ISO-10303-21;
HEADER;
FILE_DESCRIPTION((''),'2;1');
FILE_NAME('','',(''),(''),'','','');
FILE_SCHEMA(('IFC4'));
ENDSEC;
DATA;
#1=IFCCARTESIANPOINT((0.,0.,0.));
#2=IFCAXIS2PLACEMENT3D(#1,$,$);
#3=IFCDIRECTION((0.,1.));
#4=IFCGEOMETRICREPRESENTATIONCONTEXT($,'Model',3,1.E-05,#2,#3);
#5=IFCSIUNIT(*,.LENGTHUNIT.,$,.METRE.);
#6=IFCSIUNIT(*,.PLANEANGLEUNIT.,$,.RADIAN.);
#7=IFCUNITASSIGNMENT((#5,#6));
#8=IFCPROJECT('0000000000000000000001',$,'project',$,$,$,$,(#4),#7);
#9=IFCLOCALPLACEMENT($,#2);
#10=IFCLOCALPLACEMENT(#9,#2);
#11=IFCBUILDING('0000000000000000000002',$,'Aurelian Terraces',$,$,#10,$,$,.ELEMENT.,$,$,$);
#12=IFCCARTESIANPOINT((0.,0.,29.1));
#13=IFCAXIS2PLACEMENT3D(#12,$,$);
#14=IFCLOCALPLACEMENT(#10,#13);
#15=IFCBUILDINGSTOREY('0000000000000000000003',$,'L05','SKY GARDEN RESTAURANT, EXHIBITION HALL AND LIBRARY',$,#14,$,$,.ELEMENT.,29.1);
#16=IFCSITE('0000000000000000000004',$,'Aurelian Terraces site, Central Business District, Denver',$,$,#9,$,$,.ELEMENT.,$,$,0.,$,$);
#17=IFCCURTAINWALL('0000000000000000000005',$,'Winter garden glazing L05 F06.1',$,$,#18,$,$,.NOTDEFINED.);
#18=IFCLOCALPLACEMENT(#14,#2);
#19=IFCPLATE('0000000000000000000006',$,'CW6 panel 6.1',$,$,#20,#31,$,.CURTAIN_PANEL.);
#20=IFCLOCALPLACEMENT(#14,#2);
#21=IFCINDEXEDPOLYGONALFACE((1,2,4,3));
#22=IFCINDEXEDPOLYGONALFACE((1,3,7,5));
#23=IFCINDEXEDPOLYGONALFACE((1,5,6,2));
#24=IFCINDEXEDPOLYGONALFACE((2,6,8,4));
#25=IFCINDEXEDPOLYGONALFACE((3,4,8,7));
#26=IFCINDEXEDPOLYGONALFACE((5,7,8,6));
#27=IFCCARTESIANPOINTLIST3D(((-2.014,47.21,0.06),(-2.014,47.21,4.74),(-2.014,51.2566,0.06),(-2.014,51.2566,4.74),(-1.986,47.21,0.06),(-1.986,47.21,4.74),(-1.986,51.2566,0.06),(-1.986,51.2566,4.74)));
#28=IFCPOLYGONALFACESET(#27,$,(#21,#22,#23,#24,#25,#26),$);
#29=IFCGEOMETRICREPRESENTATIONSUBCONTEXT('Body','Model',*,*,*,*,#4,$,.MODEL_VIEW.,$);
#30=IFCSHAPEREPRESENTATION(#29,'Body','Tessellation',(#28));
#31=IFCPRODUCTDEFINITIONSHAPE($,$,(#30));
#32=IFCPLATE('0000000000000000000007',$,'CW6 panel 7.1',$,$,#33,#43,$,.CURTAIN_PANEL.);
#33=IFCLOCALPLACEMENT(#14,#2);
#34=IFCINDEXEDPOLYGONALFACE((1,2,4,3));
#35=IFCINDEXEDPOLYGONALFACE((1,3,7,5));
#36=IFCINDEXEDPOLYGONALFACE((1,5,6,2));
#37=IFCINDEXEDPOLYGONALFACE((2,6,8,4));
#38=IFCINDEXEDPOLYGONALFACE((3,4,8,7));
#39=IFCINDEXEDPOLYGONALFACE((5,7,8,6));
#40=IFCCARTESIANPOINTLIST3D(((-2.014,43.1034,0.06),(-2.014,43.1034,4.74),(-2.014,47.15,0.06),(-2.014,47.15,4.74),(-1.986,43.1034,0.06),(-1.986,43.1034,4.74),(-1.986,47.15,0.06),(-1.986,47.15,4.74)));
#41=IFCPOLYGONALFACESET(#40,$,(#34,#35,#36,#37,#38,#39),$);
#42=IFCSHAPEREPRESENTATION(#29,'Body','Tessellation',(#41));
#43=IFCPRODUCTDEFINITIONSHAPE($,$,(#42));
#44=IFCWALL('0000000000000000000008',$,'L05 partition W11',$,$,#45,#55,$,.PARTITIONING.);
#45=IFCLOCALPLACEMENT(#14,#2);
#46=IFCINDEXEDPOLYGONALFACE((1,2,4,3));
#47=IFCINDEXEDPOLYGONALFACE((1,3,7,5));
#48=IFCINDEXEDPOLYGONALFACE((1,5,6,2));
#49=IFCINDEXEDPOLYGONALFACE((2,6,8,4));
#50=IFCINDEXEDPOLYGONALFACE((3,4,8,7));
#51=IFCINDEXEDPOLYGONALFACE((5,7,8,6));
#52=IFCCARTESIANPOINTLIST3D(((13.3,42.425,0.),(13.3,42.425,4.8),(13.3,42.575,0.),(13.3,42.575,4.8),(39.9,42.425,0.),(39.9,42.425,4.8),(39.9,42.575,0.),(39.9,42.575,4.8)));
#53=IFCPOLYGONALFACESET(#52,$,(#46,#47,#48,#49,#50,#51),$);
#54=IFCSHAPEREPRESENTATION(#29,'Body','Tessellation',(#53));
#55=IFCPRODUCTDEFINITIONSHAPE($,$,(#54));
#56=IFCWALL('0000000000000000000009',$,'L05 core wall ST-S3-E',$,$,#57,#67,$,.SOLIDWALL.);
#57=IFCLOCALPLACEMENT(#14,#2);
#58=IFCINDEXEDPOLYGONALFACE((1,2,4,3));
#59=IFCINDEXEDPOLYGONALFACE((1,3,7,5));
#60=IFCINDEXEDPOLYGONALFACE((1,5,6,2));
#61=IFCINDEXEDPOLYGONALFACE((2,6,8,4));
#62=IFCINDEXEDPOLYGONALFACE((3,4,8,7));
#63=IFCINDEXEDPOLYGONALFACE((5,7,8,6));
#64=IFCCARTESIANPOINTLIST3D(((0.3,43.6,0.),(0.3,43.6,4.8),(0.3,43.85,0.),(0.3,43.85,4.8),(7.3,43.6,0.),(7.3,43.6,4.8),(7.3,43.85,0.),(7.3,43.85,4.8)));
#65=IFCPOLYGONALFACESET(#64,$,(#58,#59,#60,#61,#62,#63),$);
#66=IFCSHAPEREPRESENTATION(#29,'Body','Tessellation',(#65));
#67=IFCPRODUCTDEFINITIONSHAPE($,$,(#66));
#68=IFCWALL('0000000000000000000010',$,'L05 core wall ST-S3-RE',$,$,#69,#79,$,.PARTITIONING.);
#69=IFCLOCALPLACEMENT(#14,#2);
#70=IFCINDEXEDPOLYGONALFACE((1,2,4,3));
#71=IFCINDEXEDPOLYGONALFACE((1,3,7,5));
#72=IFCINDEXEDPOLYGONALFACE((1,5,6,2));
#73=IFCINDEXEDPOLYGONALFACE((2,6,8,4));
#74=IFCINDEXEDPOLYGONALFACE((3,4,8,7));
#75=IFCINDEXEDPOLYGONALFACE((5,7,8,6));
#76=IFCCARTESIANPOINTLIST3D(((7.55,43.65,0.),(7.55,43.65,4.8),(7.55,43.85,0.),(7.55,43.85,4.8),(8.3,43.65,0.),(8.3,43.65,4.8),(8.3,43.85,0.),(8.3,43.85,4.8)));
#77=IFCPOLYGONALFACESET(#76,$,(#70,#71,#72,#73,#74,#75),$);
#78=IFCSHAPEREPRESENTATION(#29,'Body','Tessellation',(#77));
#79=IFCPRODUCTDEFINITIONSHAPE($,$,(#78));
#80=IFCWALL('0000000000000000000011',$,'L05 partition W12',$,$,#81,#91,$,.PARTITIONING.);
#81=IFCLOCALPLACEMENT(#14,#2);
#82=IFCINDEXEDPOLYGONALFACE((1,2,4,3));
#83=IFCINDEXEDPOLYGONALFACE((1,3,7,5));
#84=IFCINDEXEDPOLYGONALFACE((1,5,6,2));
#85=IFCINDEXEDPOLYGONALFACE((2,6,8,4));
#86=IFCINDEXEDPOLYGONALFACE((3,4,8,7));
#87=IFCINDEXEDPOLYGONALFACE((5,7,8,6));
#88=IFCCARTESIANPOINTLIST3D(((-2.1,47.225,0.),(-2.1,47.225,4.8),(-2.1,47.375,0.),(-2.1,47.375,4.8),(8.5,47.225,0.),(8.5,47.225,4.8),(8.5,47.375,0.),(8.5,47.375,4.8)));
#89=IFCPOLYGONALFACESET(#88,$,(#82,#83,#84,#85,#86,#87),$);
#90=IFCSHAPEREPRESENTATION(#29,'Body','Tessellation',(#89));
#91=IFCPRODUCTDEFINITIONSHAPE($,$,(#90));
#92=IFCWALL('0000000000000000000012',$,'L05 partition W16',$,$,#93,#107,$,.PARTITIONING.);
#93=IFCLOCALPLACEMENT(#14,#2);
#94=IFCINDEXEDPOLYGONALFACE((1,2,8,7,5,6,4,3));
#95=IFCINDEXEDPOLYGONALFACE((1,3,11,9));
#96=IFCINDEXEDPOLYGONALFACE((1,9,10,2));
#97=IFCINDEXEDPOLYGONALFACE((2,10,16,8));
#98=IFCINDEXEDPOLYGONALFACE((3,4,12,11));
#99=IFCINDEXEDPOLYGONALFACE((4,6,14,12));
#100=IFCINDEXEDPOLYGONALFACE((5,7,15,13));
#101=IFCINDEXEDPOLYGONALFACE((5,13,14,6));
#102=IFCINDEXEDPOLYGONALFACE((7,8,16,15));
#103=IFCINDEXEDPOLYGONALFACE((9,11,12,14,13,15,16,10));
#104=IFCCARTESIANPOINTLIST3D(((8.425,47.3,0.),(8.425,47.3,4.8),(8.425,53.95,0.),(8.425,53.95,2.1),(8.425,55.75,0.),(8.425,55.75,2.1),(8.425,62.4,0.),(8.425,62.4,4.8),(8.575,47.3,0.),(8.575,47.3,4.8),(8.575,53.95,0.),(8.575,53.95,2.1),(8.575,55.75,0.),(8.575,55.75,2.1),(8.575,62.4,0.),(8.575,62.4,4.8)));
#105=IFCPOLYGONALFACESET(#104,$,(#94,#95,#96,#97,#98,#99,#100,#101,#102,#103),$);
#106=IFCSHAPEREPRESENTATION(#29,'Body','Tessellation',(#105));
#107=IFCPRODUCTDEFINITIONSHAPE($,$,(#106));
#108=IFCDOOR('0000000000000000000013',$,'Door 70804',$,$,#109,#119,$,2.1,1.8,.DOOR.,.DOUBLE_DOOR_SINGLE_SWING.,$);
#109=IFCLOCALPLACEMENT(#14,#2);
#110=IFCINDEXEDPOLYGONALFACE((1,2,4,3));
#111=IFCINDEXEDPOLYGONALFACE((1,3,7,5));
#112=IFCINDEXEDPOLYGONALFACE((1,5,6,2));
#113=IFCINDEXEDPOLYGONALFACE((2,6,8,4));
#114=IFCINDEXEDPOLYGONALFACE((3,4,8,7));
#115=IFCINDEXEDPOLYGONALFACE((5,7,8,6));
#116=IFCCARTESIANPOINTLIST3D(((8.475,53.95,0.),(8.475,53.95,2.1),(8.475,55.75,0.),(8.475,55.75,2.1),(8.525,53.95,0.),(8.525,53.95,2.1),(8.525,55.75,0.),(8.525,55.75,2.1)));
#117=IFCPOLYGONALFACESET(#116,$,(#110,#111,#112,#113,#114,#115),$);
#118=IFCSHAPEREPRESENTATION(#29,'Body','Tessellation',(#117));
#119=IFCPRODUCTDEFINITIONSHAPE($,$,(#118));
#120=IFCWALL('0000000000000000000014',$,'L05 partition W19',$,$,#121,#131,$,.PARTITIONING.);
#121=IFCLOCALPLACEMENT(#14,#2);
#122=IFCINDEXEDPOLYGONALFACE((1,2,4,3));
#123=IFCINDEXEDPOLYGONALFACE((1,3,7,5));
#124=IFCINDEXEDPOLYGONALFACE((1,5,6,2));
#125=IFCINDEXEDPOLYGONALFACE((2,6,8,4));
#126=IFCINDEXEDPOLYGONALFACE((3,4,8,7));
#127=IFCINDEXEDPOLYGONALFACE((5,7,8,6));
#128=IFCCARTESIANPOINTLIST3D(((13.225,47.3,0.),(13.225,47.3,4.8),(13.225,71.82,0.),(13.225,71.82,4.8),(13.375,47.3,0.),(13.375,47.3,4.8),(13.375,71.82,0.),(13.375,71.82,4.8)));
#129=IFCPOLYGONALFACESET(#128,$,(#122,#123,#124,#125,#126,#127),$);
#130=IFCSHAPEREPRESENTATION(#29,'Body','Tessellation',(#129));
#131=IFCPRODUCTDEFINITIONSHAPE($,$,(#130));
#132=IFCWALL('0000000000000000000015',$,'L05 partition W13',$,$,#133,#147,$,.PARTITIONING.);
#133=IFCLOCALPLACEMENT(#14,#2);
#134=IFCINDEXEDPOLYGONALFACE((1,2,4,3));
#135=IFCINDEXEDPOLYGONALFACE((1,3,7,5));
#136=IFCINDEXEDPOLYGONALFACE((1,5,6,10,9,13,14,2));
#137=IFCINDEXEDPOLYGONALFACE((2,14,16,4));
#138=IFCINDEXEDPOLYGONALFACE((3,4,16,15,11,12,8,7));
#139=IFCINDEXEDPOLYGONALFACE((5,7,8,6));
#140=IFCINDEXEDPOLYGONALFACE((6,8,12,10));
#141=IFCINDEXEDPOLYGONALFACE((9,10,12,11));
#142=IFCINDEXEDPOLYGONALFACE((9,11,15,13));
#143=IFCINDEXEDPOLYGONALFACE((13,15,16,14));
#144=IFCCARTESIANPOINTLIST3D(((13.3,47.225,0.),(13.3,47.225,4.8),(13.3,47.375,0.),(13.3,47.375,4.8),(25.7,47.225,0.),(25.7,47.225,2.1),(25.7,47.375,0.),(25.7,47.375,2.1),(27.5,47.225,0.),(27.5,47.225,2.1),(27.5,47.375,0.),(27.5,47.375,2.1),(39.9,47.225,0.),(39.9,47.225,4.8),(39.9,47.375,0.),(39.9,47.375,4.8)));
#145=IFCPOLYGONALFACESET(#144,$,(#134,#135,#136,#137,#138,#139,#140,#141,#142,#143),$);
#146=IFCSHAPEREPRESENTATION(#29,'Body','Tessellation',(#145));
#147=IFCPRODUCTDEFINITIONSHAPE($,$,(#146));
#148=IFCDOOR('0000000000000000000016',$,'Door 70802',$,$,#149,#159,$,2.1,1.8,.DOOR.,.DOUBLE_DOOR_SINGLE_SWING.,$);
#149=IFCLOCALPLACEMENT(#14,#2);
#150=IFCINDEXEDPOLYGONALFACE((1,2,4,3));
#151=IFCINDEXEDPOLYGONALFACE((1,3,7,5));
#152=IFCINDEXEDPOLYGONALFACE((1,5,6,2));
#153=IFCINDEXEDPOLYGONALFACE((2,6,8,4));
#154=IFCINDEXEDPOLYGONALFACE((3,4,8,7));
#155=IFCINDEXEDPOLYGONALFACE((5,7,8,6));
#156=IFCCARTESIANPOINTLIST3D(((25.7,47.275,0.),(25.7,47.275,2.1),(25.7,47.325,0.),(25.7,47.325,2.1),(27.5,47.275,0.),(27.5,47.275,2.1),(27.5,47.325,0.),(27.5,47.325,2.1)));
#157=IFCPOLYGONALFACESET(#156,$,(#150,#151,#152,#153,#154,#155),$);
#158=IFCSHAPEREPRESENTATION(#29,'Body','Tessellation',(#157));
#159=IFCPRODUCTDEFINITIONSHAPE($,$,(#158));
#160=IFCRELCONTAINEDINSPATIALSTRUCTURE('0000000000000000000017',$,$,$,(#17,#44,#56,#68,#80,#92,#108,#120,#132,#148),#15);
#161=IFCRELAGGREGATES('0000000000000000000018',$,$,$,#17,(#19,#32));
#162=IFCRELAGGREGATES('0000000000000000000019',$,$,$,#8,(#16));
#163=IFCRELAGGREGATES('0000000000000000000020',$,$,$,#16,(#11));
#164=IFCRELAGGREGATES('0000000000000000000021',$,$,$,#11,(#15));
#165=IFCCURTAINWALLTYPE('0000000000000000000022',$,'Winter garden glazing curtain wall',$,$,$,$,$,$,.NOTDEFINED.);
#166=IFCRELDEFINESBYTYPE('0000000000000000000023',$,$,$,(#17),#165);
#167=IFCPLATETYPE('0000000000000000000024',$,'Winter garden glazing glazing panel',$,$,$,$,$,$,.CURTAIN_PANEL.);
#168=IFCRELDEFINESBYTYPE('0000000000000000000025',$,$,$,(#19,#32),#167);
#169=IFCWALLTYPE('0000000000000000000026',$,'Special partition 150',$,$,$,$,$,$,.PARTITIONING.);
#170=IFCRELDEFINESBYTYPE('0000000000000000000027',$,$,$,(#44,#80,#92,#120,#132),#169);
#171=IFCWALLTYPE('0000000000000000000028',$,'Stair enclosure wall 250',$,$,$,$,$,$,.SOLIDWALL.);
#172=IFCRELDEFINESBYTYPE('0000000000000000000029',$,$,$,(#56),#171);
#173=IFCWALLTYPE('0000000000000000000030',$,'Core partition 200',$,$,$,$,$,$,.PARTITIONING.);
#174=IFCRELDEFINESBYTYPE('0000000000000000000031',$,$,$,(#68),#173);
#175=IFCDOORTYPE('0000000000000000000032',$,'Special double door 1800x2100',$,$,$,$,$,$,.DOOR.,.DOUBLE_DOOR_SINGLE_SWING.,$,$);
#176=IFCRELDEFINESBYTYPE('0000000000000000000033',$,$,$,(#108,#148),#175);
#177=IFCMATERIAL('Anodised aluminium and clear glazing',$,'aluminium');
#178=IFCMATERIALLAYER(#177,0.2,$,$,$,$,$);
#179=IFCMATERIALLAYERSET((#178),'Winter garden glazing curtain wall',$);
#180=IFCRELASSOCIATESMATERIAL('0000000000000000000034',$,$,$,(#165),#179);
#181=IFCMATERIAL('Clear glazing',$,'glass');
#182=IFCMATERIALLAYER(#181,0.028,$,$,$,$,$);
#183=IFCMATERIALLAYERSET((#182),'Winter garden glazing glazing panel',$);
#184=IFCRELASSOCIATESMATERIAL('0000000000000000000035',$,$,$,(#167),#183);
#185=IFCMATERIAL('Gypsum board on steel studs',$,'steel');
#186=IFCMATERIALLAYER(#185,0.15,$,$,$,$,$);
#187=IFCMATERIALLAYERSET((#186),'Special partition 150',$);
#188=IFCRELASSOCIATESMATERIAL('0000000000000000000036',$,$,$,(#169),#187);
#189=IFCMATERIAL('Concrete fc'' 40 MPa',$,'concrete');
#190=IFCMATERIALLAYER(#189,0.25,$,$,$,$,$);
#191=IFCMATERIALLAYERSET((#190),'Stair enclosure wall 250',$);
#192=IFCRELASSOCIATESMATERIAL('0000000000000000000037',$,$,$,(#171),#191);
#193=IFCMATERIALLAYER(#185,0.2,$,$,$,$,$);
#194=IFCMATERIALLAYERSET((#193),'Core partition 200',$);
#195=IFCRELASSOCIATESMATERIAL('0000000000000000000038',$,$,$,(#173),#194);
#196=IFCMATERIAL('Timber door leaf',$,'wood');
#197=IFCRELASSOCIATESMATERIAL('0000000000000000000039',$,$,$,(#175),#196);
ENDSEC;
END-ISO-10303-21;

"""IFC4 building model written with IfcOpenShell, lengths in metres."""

from ifc_helpers import new_model, si_unit, direction, frame, frame_2d, origin, origin_2d, place, context, subcontext, project, spatial, rectangle, extrude, source, transform, mapped, material, layer, layer_set, type_object, element, fill, aggregate, save


model = new_model("IFC4")

# Units and contexts
model_context = context("Model", 3, precision=1e-05, world=origin(), true_north=direction((0.0, 1.0)))
body_context = subcontext(model_context, "Body", "Model", "MODEL_VIEW")
ifc_project = project(units=[si_unit("LENGTHUNIT", "METRE"), si_unit("PLANEANGLEUNIT", "RADIAN")], contexts=[model_context])

# Site, building, storey
site_placement = place(None, origin())
site = spatial("IfcSite", under=ifc_project, at=site_placement, Name="Aurelian Terraces site, Central Business District, Denver", CompositionType="ELEMENT", RefElevation=0.0)
building_placement = place(site_placement, origin())
building = spatial("IfcBuilding", under=site, at=building_placement, Name="Aurelian Terraces", CompositionType="ELEMENT")
storey_placement = place(building_placement, frame((0.0, 0.0, 29.1)))
storey = spatial("IfcBuildingStorey", under=building, at=storey_placement, Name="L05", Description="SKY GARDEN RESTAURANT, EXHIBITION HALL AND LIBRARY", CompositionType="ELEMENT", Elevation=29.1)

# Curtain wall, plates
ifc_material_1 = material(Name="Anodised aluminium and clear glazing", Category="aluminium")
ifc_layer_1 = layer(ifc_material_1, 0.2)
ifc_layer_set_1 = layer_set([ifc_layer_1], Name="Winter garden glazing curtain wall")
curtain_wall_type = type_object("IfcCurtainWallType", Name="Winter garden glazing curtain wall", PredefinedType="NOTDEFINED", material=ifc_layer_set_1)
curtain_wall_placement = place(storey_placement, origin())
curtain_wall = element("IfcCurtainWall", 1, at=curtain_wall_placement, inside=storey, type_object=curtain_wall_type, Name="Winter garden glazing L05 F06.1", PredefinedType="NOTDEFINED")
ifc_material_2 = material(Name="Clear glazing", Category="glass")
ifc_layer_2 = layer(ifc_material_2, 0.028)
ifc_layer_set_2 = layer_set([ifc_layer_2], Name="Winter garden glazing glazing panel")
plate_type = type_object("IfcPlateType", Name="Winter garden glazing glazing panel", PredefinedType="CURTAIN_PANEL", material=ifc_layer_set_2)
shared_shape_1 = source(origin(), body_context, "Body", "SweptSolid", [
    extrude(rectangle(XDim=4.0467, YDim=0.028, at=origin_2d()), origin(), (0.0, 0.0, 1.0), 4.68),
])
plate_1_placement = place(storey_placement, frame((-2.0, 49.2333, 0.06), z_axis=(0.0, 0.0, 1.0), x_axis=(0.0, -1.0, 0.0)))
plate_1 = element("IfcPlate", 2, at=plate_1_placement, type_object=plate_type, Name="CW6 panel 6.1", PredefinedType="CURTAIN_PANEL", context=body_context, shape_type="MappedRepresentation", body=[
    mapped(shared_shape_1, transform((0.0, 0.0, 0.0), scale=1.0)),
])
plate_2_placement = place(storey_placement, frame((-2.0, 45.1267, 0.06), z_axis=(0.0, 0.0, 1.0), x_axis=(0.0, -1.0, 0.0)))
plate_2 = element("IfcPlate", 3, at=plate_2_placement, type_object=plate_type, Name="CW6 panel 7.1", PredefinedType="CURTAIN_PANEL", context=body_context, shape_type="MappedRepresentation", body=[
    mapped(shared_shape_1, transform((0.0, 0.0, 0.0), scale=1.0)),
])
aggregate(curtain_wall, [plate_1, plate_2])

# Walls
ifc_material_3 = material(Name="Gypsum board on steel studs", Category="steel")
ifc_layer_3 = layer(ifc_material_3, 0.15)
ifc_layer_set_3 = layer_set([ifc_layer_3], Name="Special partition 150")
wall_type_1 = type_object("IfcWallType", Name="Special partition 150", PredefinedType="PARTITIONING", material=ifc_layer_set_3)
wall_1_placement = place(storey_placement, frame((13.3, 42.5, 0.0), z_axis=(0.0, 0.0, 1.0), x_axis=(1.0, 0.0, 0.0)))
element("IfcWall", 4, at=wall_1_placement, inside=storey, type_object=wall_type_1, Name="L05 partition W11", PredefinedType="PARTITIONING", context=body_context, shape_type="SweptSolid", body=[
    extrude(rectangle(XDim=26.6, YDim=0.15, at=frame_2d((13.3, 0.0))), origin(), (0.0, 0.0, 1.0), 4.8),
])
ifc_material_4 = material(Name="Concrete fc' 40 MPa", Category="concrete")
ifc_layer_4 = layer(ifc_material_4, 0.25)
ifc_layer_set_4 = layer_set([ifc_layer_4], Name="Stair enclosure wall 250")
wall_type_2 = type_object("IfcWallType", Name="Stair enclosure wall 250", PredefinedType="SOLIDWALL", material=ifc_layer_set_4)
shared_shape_2 = source(origin(), body_context, "Body", "SweptSolid", [
    extrude(rectangle(XDim=7.0, YDim=0.25, at=frame_2d((3.5, 0.0))), origin(), (0.0, 0.0, 1.0), 4.8),
])
wall_2_placement = place(storey_placement, frame((0.3, 43.725, 0.0), z_axis=(0.0, 0.0, 1.0), x_axis=(1.0, 0.0, 0.0)))
element("IfcWall", 5, at=wall_2_placement, inside=storey, type_object=wall_type_2, Name="L05 core wall ST-S3-E", PredefinedType="SOLIDWALL", context=body_context, shape_type="MappedRepresentation", body=[
    mapped(shared_shape_2, transform((0.0, 0.0, 0.0), scale=1.0)),
])
ifc_layer_5 = layer(ifc_material_3, 0.2)
ifc_layer_set_5 = layer_set([ifc_layer_5], Name="Core partition 200")
wall_type_3 = type_object("IfcWallType", Name="Core partition 200", PredefinedType="PARTITIONING", material=ifc_layer_set_5)
shared_shape_3 = source(origin(), body_context, "Body", "SweptSolid", [
    extrude(rectangle(XDim=0.75, YDim=0.2, at=frame_2d((0.375, 0.0))), origin(), (0.0, 0.0, 1.0), 4.8),
])
wall_3_placement = place(storey_placement, frame((7.55, 43.75, 0.0), z_axis=(0.0, 0.0, 1.0), x_axis=(1.0, 0.0, 0.0)))
element("IfcWall", 6, at=wall_3_placement, inside=storey, type_object=wall_type_3, Name="L05 core wall ST-S3-RE", PredefinedType="PARTITIONING", context=body_context, shape_type="MappedRepresentation", body=[
    mapped(shared_shape_3, transform((0.0, 0.0, 0.0), scale=1.0)),
])
shared_shape_4 = source(origin(), body_context, "Body", "SweptSolid", [
    extrude(rectangle(XDim=10.6, YDim=0.15, at=frame_2d((5.3, 0.0))), origin(), (0.0, 0.0, 1.0), 4.8),
])
wall_4_placement = place(storey_placement, frame((-2.1, 47.3, 0.0), z_axis=(0.0, 0.0, 1.0), x_axis=(1.0, 0.0, 0.0)))
element("IfcWall", 7, at=wall_4_placement, inside=storey, type_object=wall_type_1, Name="L05 partition W12", PredefinedType="PARTITIONING", context=body_context, shape_type="MappedRepresentation", body=[
    mapped(shared_shape_4, transform((0.0, 0.0, 0.0), scale=1.0)),
])

# Wall, opening, door
shared_shape_5 = source(origin(), body_context, "Body", "SweptSolid", [
    extrude(rectangle(XDim=15.1, YDim=0.15, at=frame_2d((7.55, 0.0))), origin(), (0.0, 0.0, 1.0), 4.8),
])
wall_5_placement = place(storey_placement, frame((8.5, 47.3, 0.0), z_axis=(0.0, 0.0, 1.0), x_axis=(0.0, 1.0, 0.0)))
wall_5 = element("IfcWall", 8, at=wall_5_placement, inside=storey, type_object=wall_type_1, Name="L05 partition W16", PredefinedType="PARTITIONING", context=body_context, shape_type="MappedRepresentation", body=[
    mapped(shared_shape_5, transform((0.0, 0.0, 0.0), scale=1.0)),
])
shared_shape_6 = source(origin(), body_context, "Body", "SweptSolid", [
    extrude(rectangle(XDim=1.8, YDim=2.1, at=frame_2d((0.9, 1.05))), frame((0.0, 0.085, 0.0), z_axis=(0.0, -1.0, 0.0), x_axis=(1.0, 0.0, 0.0)), (0.0, 0.0, 1.0), 0.17),
])
opening_1_placement = place(wall_5_placement, frame((6.65, 0.0, 0.0)))
opening_1 = element("IfcOpeningElement", 9, at=opening_1_placement, cuts=wall_5, PredefinedType="OPENING", context=body_context, shape_type="MappedRepresentation", body=[
    mapped(shared_shape_6, transform((0.0, 0.0, 0.0), scale=1.0)),
])
ifc_material_5 = material(Name="Timber door leaf", Category="wood")
door_type = type_object("IfcDoorType", Name="Special double door 1800x2100", OperationType="DOUBLE_DOOR_SINGLE_SWING", PredefinedType="DOOR", material=ifc_material_5)
shared_shape_7 = source(origin(), body_context, "Body", "SweptSolid", [
    extrude(rectangle(XDim=1.8, YDim=2.1, at=frame_2d((0.9, 1.05))), frame((0.0, 0.025, 0.0), z_axis=(0.0, -1.0, 0.0), x_axis=(1.0, 0.0, 0.0)), (0.0, 0.0, 1.0), 0.05),
])
door_1_placement = place(opening_1_placement, origin())
door_1 = element("IfcDoor", 10, at=door_1_placement, inside=storey, type_object=door_type, Name="Door 70804", OperationType="DOUBLE_DOOR_SINGLE_SWING", OverallHeight=2.1, OverallWidth=1.8, PredefinedType="DOOR", context=body_context, shape_type="MappedRepresentation", body=[
    mapped(shared_shape_7, transform((0.0, 0.0, 0.0), scale=1.0)),
])
fill(opening_1, door_1)

# Wall
shared_shape_8 = source(origin(), body_context, "Body", "SweptSolid", [
    extrude(rectangle(XDim=24.52, YDim=0.15, at=frame_2d((12.26, 0.0))), origin(), (0.0, 0.0, 1.0), 4.8),
])
wall_6_placement = place(storey_placement, frame((13.3, 47.3, 0.0), z_axis=(0.0, 0.0, 1.0), x_axis=(0.0, 1.0, 0.0)))
element("IfcWall", 11, at=wall_6_placement, inside=storey, type_object=wall_type_1, Name="L05 partition W19", PredefinedType="PARTITIONING", context=body_context, shape_type="MappedRepresentation", body=[
    mapped(shared_shape_8, transform((0.0, 0.0, 0.0), scale=1.0)),
])

# Wall, opening, door
shared_shape_9 = source(origin(), body_context, "Body", "SweptSolid", [
    extrude(rectangle(XDim=26.6, YDim=0.15, at=frame_2d((13.3, 0.0))), origin(), (0.0, 0.0, 1.0), 4.8),
])
wall_7_placement = place(storey_placement, frame((13.3, 47.3, 0.0), z_axis=(0.0, 0.0, 1.0), x_axis=(1.0, 0.0, 0.0)))
wall_7 = element("IfcWall", 12, at=wall_7_placement, inside=storey, type_object=wall_type_1, Name="L05 partition W13", PredefinedType="PARTITIONING", context=body_context, shape_type="MappedRepresentation", body=[
    mapped(shared_shape_9, transform((0.0, 0.0, 0.0), scale=1.0)),
])
opening_2_placement = place(wall_7_placement, frame((12.4, 0.0, 0.0)))
opening_2 = element("IfcOpeningElement", 13, at=opening_2_placement, cuts=wall_7, PredefinedType="OPENING", context=body_context, shape_type="MappedRepresentation", body=[
    mapped(shared_shape_6, transform((0.0, 0.0, 0.0), scale=1.0)),
])
door_2_placement = place(opening_2_placement, origin())
door_2 = element("IfcDoor", 14, at=door_2_placement, inside=storey, type_object=door_type, Name="Door 70802", OperationType="DOUBLE_DOOR_SINGLE_SWING", OverallHeight=2.1, OverallWidth=1.8, PredefinedType="DOOR", context=body_context, shape_type="MappedRepresentation", body=[
    mapped(shared_shape_7, transform((0.0, 0.0, 0.0), scale=1.0)),
])
fill(opening_2, door_2)

save(model, "model.ifc")
